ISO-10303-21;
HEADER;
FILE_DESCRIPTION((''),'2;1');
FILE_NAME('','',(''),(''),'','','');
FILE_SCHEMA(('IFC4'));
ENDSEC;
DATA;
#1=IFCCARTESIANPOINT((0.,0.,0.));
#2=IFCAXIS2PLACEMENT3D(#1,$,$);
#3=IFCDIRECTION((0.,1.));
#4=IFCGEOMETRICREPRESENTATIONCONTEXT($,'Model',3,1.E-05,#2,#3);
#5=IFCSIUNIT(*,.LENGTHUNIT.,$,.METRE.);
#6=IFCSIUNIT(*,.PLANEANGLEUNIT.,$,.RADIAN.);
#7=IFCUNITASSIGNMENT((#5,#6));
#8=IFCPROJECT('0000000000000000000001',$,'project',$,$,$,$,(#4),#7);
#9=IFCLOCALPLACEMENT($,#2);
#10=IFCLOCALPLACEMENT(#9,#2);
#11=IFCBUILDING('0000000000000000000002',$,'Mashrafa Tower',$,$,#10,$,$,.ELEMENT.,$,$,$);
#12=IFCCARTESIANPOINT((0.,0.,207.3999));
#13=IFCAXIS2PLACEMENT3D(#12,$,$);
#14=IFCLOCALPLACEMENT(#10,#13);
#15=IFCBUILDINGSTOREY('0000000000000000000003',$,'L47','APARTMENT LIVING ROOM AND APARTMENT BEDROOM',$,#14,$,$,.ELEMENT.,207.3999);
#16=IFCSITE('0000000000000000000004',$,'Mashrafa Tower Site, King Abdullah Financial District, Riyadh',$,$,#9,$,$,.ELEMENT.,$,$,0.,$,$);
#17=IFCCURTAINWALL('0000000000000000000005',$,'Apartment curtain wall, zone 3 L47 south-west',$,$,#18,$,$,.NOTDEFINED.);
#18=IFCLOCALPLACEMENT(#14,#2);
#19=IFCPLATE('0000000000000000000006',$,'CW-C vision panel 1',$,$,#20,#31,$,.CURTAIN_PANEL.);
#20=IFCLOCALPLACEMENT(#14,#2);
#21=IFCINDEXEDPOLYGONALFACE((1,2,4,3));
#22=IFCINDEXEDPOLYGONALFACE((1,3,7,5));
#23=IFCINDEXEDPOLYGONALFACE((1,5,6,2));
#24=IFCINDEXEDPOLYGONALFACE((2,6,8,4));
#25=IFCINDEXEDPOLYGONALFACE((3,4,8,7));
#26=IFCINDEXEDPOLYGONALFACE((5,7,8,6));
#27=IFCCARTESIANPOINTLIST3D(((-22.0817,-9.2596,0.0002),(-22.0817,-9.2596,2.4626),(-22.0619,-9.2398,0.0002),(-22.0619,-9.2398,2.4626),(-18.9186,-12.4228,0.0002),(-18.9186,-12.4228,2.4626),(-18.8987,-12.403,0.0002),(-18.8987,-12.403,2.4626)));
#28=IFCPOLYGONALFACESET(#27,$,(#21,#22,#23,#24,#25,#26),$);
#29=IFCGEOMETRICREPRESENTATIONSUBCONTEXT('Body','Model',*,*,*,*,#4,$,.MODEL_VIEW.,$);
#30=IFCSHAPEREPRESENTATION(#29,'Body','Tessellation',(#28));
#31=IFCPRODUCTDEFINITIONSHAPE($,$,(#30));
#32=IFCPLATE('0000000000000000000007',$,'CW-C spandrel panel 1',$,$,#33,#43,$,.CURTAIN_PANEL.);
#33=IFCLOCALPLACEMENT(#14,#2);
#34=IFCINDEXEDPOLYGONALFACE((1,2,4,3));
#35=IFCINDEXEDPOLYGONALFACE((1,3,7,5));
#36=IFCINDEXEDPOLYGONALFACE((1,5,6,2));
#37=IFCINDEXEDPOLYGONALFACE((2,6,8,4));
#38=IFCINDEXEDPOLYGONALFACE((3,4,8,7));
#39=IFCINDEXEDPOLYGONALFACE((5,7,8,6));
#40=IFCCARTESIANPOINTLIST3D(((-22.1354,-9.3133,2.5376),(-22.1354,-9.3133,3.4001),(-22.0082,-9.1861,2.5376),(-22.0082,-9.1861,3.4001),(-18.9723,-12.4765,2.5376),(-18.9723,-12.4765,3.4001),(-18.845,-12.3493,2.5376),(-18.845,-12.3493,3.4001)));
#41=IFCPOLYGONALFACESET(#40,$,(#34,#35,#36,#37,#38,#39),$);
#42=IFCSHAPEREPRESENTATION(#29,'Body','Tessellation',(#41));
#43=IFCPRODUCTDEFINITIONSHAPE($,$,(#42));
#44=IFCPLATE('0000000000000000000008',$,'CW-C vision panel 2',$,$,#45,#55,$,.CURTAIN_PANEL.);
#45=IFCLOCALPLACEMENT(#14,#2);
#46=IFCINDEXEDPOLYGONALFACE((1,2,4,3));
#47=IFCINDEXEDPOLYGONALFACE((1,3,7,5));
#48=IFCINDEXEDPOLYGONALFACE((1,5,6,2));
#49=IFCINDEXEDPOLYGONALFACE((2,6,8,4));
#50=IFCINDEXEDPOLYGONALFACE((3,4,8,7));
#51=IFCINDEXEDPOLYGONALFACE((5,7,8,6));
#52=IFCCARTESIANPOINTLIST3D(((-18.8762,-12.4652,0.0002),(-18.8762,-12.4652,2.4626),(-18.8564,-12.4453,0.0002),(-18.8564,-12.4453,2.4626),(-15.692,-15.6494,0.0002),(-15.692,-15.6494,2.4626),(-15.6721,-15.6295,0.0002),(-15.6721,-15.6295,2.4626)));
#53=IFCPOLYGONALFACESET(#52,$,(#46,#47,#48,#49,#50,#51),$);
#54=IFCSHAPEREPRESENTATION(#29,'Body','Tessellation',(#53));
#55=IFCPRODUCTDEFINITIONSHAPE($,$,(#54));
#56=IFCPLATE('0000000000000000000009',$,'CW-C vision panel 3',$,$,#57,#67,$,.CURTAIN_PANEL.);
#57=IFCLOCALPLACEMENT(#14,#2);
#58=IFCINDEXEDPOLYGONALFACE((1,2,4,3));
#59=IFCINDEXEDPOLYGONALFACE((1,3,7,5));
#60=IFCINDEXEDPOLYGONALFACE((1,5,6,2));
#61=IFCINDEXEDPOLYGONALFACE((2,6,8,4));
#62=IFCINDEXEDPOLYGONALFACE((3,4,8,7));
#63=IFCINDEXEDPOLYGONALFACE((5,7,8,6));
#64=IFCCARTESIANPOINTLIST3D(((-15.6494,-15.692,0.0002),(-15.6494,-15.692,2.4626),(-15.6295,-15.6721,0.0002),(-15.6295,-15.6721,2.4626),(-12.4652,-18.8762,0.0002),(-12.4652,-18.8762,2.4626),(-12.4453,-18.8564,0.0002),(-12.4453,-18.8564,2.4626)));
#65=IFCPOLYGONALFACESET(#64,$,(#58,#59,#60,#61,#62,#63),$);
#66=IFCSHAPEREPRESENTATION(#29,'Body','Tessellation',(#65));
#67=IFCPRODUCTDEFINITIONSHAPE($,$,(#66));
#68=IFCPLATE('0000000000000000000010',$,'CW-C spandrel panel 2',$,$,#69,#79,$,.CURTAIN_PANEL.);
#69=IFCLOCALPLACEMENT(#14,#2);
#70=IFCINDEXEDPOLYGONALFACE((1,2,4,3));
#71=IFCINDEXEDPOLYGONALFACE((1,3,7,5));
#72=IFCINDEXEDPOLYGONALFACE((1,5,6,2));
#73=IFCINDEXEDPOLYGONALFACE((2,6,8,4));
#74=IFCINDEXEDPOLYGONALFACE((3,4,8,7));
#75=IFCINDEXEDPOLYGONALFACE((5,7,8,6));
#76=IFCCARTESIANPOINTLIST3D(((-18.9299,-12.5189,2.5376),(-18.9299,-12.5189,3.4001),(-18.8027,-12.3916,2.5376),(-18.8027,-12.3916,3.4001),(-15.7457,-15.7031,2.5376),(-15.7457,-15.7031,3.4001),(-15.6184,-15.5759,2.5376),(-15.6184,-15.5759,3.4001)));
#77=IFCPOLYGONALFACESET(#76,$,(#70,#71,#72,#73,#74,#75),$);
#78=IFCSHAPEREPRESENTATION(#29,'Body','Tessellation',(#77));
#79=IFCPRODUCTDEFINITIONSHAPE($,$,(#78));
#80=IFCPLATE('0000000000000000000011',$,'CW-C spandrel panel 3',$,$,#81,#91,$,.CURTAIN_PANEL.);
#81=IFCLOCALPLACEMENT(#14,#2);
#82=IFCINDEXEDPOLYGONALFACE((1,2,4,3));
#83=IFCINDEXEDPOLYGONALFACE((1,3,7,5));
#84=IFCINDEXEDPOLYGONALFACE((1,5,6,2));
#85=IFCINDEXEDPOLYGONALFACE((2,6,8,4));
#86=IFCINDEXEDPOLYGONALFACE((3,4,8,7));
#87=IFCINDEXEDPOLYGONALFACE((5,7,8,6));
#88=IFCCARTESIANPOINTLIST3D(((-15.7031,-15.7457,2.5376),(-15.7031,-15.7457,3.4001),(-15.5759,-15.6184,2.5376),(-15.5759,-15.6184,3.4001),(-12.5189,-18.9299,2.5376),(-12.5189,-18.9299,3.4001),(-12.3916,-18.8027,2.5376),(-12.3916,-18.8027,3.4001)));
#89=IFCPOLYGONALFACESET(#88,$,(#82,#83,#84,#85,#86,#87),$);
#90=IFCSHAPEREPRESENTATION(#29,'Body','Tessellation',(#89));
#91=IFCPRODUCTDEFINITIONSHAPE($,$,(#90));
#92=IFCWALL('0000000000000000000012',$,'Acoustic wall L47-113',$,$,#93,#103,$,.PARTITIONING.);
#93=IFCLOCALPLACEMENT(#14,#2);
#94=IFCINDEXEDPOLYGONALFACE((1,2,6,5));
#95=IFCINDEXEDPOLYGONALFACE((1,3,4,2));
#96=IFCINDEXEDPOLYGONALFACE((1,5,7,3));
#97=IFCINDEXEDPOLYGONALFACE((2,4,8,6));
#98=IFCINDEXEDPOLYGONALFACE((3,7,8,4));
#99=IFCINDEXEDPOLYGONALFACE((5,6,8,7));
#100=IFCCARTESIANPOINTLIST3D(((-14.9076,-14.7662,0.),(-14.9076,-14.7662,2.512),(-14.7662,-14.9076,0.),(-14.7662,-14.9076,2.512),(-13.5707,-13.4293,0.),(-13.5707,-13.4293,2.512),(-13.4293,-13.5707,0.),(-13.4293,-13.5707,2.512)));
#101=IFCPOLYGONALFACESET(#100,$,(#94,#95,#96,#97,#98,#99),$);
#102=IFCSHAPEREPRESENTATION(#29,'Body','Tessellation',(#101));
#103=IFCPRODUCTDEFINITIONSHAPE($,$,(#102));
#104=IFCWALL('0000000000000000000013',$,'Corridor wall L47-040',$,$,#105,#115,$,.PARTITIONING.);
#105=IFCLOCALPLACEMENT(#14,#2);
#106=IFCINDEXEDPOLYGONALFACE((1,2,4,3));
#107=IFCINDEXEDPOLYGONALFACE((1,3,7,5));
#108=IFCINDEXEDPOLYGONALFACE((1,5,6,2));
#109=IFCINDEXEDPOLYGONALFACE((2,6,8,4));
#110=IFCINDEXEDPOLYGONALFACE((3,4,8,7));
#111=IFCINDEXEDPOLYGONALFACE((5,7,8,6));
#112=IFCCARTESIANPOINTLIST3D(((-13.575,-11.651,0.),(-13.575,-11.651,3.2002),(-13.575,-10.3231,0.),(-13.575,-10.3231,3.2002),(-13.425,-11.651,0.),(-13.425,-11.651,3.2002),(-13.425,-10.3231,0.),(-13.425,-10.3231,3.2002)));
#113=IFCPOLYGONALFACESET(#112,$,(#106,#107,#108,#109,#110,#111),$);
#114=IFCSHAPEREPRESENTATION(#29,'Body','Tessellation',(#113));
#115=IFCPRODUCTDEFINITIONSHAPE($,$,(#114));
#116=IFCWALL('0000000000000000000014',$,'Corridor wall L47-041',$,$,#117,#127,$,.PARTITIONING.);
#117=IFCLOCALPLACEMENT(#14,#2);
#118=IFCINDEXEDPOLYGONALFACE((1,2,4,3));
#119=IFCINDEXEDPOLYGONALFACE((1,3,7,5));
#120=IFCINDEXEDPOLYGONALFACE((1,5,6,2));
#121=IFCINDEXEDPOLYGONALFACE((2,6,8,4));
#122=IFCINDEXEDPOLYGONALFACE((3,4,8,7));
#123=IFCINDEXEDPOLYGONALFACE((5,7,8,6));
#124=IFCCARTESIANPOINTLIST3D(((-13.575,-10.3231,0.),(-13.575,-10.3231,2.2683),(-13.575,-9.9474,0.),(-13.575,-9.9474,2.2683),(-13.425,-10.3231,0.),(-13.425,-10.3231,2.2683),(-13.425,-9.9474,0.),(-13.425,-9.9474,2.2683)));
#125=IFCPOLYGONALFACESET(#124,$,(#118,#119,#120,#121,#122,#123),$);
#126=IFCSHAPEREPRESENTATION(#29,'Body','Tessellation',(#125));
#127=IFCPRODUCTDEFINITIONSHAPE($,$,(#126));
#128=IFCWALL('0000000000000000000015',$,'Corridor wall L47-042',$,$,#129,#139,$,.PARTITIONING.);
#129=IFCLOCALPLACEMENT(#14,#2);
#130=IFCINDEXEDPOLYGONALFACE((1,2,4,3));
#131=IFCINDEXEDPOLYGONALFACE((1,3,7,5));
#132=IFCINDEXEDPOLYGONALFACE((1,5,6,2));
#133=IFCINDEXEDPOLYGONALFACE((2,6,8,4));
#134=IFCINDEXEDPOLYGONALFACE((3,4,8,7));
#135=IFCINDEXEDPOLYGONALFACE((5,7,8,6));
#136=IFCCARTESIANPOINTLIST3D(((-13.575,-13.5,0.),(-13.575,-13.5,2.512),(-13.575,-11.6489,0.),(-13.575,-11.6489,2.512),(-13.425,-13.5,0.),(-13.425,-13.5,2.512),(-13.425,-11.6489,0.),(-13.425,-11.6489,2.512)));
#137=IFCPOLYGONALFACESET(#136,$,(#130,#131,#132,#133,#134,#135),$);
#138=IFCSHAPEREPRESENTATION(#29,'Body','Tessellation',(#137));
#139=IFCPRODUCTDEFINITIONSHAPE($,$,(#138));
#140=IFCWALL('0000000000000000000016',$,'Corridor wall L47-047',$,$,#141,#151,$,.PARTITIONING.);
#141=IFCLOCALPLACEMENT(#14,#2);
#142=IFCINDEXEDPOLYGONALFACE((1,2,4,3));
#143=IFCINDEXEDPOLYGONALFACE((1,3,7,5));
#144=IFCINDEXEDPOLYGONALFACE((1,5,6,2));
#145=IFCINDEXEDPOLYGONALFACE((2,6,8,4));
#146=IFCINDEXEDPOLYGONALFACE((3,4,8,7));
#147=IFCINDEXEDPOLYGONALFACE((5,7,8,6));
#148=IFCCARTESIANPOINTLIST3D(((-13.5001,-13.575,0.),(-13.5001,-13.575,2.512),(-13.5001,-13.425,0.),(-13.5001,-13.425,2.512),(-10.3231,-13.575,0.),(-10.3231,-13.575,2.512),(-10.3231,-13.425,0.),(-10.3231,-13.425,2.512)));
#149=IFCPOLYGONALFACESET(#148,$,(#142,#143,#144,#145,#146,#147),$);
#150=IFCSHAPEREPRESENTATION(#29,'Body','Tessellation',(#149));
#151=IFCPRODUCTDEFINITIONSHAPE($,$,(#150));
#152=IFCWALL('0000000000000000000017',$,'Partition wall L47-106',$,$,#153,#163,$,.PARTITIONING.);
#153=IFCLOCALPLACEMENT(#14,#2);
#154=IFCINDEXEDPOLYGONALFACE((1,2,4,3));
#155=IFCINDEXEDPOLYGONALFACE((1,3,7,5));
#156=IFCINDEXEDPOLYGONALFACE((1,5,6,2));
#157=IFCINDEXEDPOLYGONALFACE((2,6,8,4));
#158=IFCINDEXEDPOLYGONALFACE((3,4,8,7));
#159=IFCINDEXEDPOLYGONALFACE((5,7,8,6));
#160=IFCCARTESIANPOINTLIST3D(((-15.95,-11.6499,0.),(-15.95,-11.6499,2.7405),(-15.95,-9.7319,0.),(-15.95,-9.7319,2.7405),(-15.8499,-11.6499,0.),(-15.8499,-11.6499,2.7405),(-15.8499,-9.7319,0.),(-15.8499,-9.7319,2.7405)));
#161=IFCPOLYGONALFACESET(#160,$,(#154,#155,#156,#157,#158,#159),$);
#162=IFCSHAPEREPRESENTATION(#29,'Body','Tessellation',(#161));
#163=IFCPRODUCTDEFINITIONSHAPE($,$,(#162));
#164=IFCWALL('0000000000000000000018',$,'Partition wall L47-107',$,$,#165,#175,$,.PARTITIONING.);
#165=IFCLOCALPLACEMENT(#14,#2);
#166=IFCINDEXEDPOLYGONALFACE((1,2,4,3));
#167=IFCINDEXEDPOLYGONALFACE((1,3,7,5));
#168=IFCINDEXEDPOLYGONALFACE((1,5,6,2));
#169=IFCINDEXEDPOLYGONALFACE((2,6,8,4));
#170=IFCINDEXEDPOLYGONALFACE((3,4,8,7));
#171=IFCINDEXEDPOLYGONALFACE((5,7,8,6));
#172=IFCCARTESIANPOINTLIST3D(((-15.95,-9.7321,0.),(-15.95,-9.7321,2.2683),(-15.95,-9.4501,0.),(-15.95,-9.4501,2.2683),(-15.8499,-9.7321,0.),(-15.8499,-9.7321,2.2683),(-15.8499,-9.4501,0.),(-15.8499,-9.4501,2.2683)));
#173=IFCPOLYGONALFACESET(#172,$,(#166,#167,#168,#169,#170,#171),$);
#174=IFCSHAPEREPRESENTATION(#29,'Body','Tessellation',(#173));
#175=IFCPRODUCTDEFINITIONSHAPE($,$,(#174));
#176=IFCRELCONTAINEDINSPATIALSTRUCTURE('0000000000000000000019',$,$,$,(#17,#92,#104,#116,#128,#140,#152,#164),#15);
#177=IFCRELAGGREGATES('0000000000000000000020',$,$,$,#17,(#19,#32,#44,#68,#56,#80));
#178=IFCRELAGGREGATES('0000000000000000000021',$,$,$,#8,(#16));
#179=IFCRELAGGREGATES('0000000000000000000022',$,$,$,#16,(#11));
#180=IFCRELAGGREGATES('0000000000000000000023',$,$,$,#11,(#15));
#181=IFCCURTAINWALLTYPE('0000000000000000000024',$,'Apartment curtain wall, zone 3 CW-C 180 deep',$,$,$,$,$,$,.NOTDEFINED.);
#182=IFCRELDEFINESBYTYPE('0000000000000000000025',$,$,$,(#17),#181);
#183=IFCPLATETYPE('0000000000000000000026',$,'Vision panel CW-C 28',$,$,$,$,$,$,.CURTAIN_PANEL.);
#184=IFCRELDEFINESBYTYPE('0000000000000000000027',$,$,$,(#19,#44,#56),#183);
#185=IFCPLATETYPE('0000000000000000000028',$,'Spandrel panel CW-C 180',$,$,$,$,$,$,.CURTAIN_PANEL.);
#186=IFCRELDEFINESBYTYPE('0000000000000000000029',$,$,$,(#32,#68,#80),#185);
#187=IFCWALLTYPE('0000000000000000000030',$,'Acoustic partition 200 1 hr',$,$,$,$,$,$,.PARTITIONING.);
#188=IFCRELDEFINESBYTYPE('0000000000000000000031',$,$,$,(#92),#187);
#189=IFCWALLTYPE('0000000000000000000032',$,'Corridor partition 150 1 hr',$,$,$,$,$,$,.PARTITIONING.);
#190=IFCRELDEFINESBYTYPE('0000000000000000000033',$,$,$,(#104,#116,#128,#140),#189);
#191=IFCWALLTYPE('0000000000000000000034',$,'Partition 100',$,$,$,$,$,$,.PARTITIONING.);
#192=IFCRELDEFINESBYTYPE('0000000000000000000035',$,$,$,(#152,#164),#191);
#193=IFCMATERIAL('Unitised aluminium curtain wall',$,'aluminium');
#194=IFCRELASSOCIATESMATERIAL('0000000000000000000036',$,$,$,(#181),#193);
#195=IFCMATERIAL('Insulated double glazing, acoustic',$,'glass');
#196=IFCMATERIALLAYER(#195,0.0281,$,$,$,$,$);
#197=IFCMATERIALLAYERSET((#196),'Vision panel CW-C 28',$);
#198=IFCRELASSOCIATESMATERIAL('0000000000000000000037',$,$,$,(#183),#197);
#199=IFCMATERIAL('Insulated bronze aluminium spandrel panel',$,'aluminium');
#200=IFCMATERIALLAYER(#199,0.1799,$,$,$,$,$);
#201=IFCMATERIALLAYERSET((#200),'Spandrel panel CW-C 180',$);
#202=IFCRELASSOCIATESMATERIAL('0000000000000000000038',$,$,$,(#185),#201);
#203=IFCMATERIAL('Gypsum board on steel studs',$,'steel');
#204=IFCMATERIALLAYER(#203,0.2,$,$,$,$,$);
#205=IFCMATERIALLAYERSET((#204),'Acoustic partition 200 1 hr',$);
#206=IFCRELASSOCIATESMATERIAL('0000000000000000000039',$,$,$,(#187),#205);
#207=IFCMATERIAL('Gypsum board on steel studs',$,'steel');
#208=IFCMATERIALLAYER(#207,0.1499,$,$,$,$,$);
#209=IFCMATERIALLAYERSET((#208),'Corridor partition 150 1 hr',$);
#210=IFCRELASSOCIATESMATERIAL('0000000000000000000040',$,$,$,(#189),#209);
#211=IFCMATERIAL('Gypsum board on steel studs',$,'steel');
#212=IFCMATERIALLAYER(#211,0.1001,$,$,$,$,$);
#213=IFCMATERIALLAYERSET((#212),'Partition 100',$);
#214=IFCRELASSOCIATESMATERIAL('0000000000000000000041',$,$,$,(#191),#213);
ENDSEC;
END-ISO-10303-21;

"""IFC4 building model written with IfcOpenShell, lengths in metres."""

from ifc_helpers import new_model, si_unit, direction, frame, frame_2d, origin, origin_2d, place, context, subcontext, project, spatial, rectangle, extrude, source, transform, mapped, material, layer, layer_set, type_object, type_shapes, element, aggregate, save


model = new_model("IFC4")

# Units and contexts
model_context = context("Model", 3, precision=1e-05, world=origin(), true_north=direction((0.0, 1.0)))
body_context = subcontext(model_context, "Body", "Model", "MODEL_VIEW")
ifc_project = project(units=[si_unit("LENGTHUNIT", "METRE"), si_unit("PLANEANGLEUNIT", "RADIAN")], contexts=[model_context])

# Site, building, storey
site_placement = place(None, origin())
site = spatial("IfcSite", under=ifc_project, at=site_placement, Name="Mashrafa Tower Site, King Abdullah Financial District, Riyadh", CompositionType="ELEMENT", RefElevation=0.0)
building_placement = place(site_placement, origin())
building = spatial("IfcBuilding", under=site, at=building_placement, Name="Mashrafa Tower", CompositionType="ELEMENT")
storey_placement = place(building_placement, frame((0.0, 0.0, 207.3999)))
storey = spatial("IfcBuildingStorey", under=building, at=storey_placement, Name="L47", Description="APARTMENT LIVING ROOM AND APARTMENT BEDROOM", CompositionType="ELEMENT", Elevation=207.3999)

# Curtain wall, plates
ifc_material_1 = material(Name="Unitised aluminium curtain wall", Category="aluminium")
curtain_wall_type = type_object("IfcCurtainWallType", Name="Apartment curtain wall, zone 3 CW-C 180 deep", PredefinedType="NOTDEFINED", material=ifc_material_1)
curtain_wall_placement = place(storey_placement, origin())
curtain_wall = element("IfcCurtainWall", 1, at=curtain_wall_placement, inside=storey, type_object=curtain_wall_type, Name="Apartment curtain wall, zone 3 L47 south-west", PredefinedType="NOTDEFINED")
ifc_material_2 = material(Name="Insulated double glazing, acoustic", Category="glass")
ifc_layer_1 = layer(ifc_material_2, 0.0281)
ifc_layer_set_1 = layer_set([ifc_layer_1], Name="Vision panel CW-C 28")
plate_type_1 = type_object("IfcPlateType", Name="Vision panel CW-C 28", PredefinedType="CURTAIN_PANEL", material=ifc_layer_set_1)
shared_shape_1 = source(origin(), body_context, "Body", "SweptSolid", [
    extrude(rectangle(XDim=4.4734, YDim=0.0281, at=origin_2d()), origin(), (0.0, 0.0, 1.0), 2.4624),
])
plate_1_placement = place(storey_placement, frame((-20.4902, -10.8313, 0.0002), z_axis=(0.0, 0.0, 1.0), x_axis=(0.707107, -0.707107, 0.0)))
plate_1 = element("IfcPlate", 2, at=plate_1_placement, type_object=plate_type_1, Name="CW-C vision panel 1", PredefinedType="CURTAIN_PANEL", context=body_context, shape_type="MappedRepresentation", body=[
    mapped(shared_shape_1, transform((0.0, 0.0, 0.0))),
])
ifc_material_3 = material(Name="Insulated bronze aluminium spandrel panel", Category="aluminium")
ifc_layer_2 = layer(ifc_material_3, 0.1799)
ifc_layer_set_2 = layer_set([ifc_layer_2], Name="Spandrel panel CW-C 180")
plate_type_2 = type_object("IfcPlateType", Name="Spandrel panel CW-C 180", PredefinedType="CURTAIN_PANEL", material=ifc_layer_set_2)
shared_shape_2 = source(origin(), body_context, "Body", "SweptSolid", [
    extrude(rectangle(XDim=4.4734, YDim=0.1799, at=origin_2d()), origin(), (0.0, 0.0, 1.0), 0.8625),
])
plate_2_placement = place(storey_placement, frame((-20.4902, -10.8313, 2.5376), z_axis=(0.0, 0.0, 1.0), x_axis=(0.707107, -0.707107, 0.0)))
plate_2 = element("IfcPlate", 3, at=plate_2_placement, type_object=plate_type_2, Name="CW-C spandrel panel 1", PredefinedType="CURTAIN_PANEL", context=body_context, shape_type="MappedRepresentation", body=[
    mapped(shared_shape_2, transform((0.0, 0.0, 0.0))),
])
shared_shape_3 = source(origin(), body_context, "Body", "SweptSolid", [
    extrude(rectangle(XDim=4.5032, YDim=0.0281, at=origin_2d()), origin(), (0.0, 0.0, 1.0), 2.4624),
])
type_shapes(plate_type_1, [shared_shape_1, shared_shape_3])
plate_3_placement = place(storey_placement, frame((-17.2742, -14.0474, 0.0002), z_axis=(0.0, 0.0, 1.0), x_axis=(0.707107, -0.707107, 0.0)))
plate_3 = element("IfcPlate", 4, at=plate_3_placement, type_object=plate_type_1, Name="CW-C vision panel 2", PredefinedType="CURTAIN_PANEL", context=body_context, shape_type="MappedRepresentation", body=[
    mapped(shared_shape_3, transform((0.0, 0.0, 0.0))),
])
plate_4_placement = place(storey_placement, frame((-14.0474, -17.2742, 0.0002), z_axis=(0.0, 0.0, 1.0), x_axis=(0.707107, -0.707107, 0.0)))
plate_4 = element("IfcPlate", 5, at=plate_4_placement, type_object=plate_type_1, Name="CW-C vision panel 3", PredefinedType="CURTAIN_PANEL", context=body_context, shape_type="MappedRepresentation", body=[
    mapped(shared_shape_3, transform((0.0, 0.0, 0.0))),
])
shared_shape_4 = source(origin(), body_context, "Body", "SweptSolid", [
    extrude(rectangle(XDim=4.5032, YDim=0.1799, at=origin_2d()), origin(), (0.0, 0.0, 1.0), 0.8625),
])
type_shapes(plate_type_2, [shared_shape_2, shared_shape_4])
plate_5_placement = place(storey_placement, frame((-17.2742, -14.0474, 2.5376), z_axis=(0.0, 0.0, 1.0), x_axis=(0.707107, -0.707107, 0.0)))
plate_5 = element("IfcPlate", 6, at=plate_5_placement, type_object=plate_type_2, Name="CW-C spandrel panel 2", PredefinedType="CURTAIN_PANEL", context=body_context, shape_type="MappedRepresentation", body=[
    mapped(shared_shape_4, transform((0.0, 0.0, 0.0))),
])
plate_6_placement = place(storey_placement, frame((-14.0474, -17.2742, 2.5376), z_axis=(0.0, 0.0, 1.0), x_axis=(0.707107, -0.707107, 0.0)))
plate_6 = element("IfcPlate", 7, at=plate_6_placement, type_object=plate_type_2, Name="CW-C spandrel panel 3", PredefinedType="CURTAIN_PANEL", context=body_context, shape_type="MappedRepresentation", body=[
    mapped(shared_shape_4, transform((0.0, 0.0, 0.0))),
])
aggregate(curtain_wall, [plate_1, plate_2, plate_3, plate_5, plate_4, plate_6])

# Walls
ifc_material_4 = material(Name="Gypsum board on steel studs", Category="steel")
ifc_layer_3 = layer(ifc_material_4, 0.2)
ifc_layer_set_3 = layer_set([ifc_layer_3], Name="Acoustic partition 200 1 hr")
wall_type_1 = type_object("IfcWallType", Name="Acoustic partition 200 1 hr", PredefinedType="PARTITIONING", material=ifc_layer_set_3)
wall_1_placement = place(storey_placement, frame((-14.8369, -14.8369, 0.0), z_axis=(0.0, 0.0, 1.0), x_axis=(0.707107, 0.707107, 0.0)))
element("IfcWall", 8, at=wall_1_placement, inside=storey, type_object=wall_type_1, Name="Acoustic wall L47-113", PredefinedType="PARTITIONING", context=body_context, shape_type="SweptSolid", body=[
    extrude(rectangle(XDim=1.8906, YDim=0.2, at=frame_2d((0.9453, 0.0))), origin(), (0.0, 0.0, 1.0), 2.512),
])
ifc_material_5 = material(Name="Gypsum board on steel studs", Category="steel")
ifc_layer_4 = layer(ifc_material_5, 0.1499)
ifc_layer_set_4 = layer_set([ifc_layer_4], Name="Corridor partition 150 1 hr")
wall_type_2 = type_object("IfcWallType", Name="Corridor partition 150 1 hr", PredefinedType="PARTITIONING", material=ifc_layer_set_4)
wall_2_placement = place(storey_placement, frame((-13.5, -10.323, 0.0), z_axis=(0.0, 0.0, 1.0), x_axis=(0.0, -1.0, 0.0)))
element("IfcWall", 9, at=wall_2_placement, inside=storey, type_object=wall_type_2, Name="Corridor wall L47-040", PredefinedType="PARTITIONING", context=body_context, shape_type="SweptSolid", body=[
    extrude(rectangle(XDim=1.3279, YDim=0.1499, at=frame_2d((0.6641, 0.0))), origin(), (0.0, 0.0, 1.0), 3.2002),
])
wall_3_placement = place(storey_placement, frame((-13.5, -9.9473, 0.0), z_axis=(0.0, 0.0, 1.0), x_axis=(0.0, -1.0, 0.0)))
element("IfcWall", 10, at=wall_3_placement, inside=storey, type_object=wall_type_2, Name="Corridor wall L47-041", PredefinedType="PARTITIONING", context=body_context, shape_type="SweptSolid", body=[
    extrude(rectangle(XDim=0.3757, YDim=0.1499, at=frame_2d((0.188, 0.0))), origin(), (0.0, 0.0, 1.0), 2.2683),
])
wall_4_placement = place(storey_placement, frame((-13.5, -11.6489, 0.0), z_axis=(0.0, 0.0, 1.0), x_axis=(0.0, -1.0, 0.0)))
element("IfcWall", 11, at=wall_4_placement, inside=storey, type_object=wall_type_2, Name="Corridor wall L47-042", PredefinedType="PARTITIONING", context=body_context, shape_type="SweptSolid", body=[
    extrude(rectangle(XDim=1.8511, YDim=0.1499, at=frame_2d((0.9255, 0.0))), origin(), (0.0, 0.0, 1.0), 2.512),
])
wall_5_placement = place(storey_placement, frame((-13.5, -13.5, 0.0), z_axis=(0.0, 0.0, 1.0), x_axis=(1.0, 0.0, 0.0)))
element("IfcWall", 12, at=wall_5_placement, inside=storey, type_object=wall_type_2, Name="Corridor wall L47-047", PredefinedType="PARTITIONING", context=body_context, shape_type="SweptSolid", body=[
    extrude(rectangle(XDim=3.177, YDim=0.1499, at=frame_2d((1.5884, 0.0))), origin(), (0.0, 0.0, 1.0), 2.512),
])
ifc_material_6 = material(Name="Gypsum board on steel studs", Category="steel")
ifc_layer_5 = layer(ifc_material_6, 0.1001)
ifc_layer_set_5 = layer_set([ifc_layer_5], Name="Partition 100")
wall_type_3 = type_object("IfcWallType", Name="Partition 100", PredefinedType="PARTITIONING", material=ifc_layer_set_5)
wall_6_placement = place(storey_placement, frame((-15.8999, -9.7319, 0.0), z_axis=(0.0, 0.0, 1.0), x_axis=(0.0, -1.0, 0.0)))
element("IfcWall", 13, at=wall_6_placement, inside=storey, type_object=wall_type_3, Name="Partition wall L47-106", PredefinedType="PARTITIONING", context=body_context, shape_type="SweptSolid", body=[
    extrude(rectangle(XDim=1.918, YDim=0.1001, at=frame_2d((0.959, 0.0))), origin(), (0.0, 0.0, 1.0), 2.7405),
])
wall_7_placement = place(storey_placement, frame((-15.8999, -9.45, 0.0), z_axis=(0.0, 0.0, 1.0), x_axis=(0.0, -1.0, 0.0)))
element("IfcWall", 14, at=wall_7_placement, inside=storey, type_object=wall_type_3, Name="Partition wall L47-107", PredefinedType="PARTITIONING", context=body_context, shape_type="SweptSolid", body=[
    extrude(rectangle(XDim=0.282, YDim=0.1001, at=frame_2d((0.1411, 0.0))), origin(), (0.0, 0.0, 1.0), 2.2683),
])

save(model, "model.ifc")
